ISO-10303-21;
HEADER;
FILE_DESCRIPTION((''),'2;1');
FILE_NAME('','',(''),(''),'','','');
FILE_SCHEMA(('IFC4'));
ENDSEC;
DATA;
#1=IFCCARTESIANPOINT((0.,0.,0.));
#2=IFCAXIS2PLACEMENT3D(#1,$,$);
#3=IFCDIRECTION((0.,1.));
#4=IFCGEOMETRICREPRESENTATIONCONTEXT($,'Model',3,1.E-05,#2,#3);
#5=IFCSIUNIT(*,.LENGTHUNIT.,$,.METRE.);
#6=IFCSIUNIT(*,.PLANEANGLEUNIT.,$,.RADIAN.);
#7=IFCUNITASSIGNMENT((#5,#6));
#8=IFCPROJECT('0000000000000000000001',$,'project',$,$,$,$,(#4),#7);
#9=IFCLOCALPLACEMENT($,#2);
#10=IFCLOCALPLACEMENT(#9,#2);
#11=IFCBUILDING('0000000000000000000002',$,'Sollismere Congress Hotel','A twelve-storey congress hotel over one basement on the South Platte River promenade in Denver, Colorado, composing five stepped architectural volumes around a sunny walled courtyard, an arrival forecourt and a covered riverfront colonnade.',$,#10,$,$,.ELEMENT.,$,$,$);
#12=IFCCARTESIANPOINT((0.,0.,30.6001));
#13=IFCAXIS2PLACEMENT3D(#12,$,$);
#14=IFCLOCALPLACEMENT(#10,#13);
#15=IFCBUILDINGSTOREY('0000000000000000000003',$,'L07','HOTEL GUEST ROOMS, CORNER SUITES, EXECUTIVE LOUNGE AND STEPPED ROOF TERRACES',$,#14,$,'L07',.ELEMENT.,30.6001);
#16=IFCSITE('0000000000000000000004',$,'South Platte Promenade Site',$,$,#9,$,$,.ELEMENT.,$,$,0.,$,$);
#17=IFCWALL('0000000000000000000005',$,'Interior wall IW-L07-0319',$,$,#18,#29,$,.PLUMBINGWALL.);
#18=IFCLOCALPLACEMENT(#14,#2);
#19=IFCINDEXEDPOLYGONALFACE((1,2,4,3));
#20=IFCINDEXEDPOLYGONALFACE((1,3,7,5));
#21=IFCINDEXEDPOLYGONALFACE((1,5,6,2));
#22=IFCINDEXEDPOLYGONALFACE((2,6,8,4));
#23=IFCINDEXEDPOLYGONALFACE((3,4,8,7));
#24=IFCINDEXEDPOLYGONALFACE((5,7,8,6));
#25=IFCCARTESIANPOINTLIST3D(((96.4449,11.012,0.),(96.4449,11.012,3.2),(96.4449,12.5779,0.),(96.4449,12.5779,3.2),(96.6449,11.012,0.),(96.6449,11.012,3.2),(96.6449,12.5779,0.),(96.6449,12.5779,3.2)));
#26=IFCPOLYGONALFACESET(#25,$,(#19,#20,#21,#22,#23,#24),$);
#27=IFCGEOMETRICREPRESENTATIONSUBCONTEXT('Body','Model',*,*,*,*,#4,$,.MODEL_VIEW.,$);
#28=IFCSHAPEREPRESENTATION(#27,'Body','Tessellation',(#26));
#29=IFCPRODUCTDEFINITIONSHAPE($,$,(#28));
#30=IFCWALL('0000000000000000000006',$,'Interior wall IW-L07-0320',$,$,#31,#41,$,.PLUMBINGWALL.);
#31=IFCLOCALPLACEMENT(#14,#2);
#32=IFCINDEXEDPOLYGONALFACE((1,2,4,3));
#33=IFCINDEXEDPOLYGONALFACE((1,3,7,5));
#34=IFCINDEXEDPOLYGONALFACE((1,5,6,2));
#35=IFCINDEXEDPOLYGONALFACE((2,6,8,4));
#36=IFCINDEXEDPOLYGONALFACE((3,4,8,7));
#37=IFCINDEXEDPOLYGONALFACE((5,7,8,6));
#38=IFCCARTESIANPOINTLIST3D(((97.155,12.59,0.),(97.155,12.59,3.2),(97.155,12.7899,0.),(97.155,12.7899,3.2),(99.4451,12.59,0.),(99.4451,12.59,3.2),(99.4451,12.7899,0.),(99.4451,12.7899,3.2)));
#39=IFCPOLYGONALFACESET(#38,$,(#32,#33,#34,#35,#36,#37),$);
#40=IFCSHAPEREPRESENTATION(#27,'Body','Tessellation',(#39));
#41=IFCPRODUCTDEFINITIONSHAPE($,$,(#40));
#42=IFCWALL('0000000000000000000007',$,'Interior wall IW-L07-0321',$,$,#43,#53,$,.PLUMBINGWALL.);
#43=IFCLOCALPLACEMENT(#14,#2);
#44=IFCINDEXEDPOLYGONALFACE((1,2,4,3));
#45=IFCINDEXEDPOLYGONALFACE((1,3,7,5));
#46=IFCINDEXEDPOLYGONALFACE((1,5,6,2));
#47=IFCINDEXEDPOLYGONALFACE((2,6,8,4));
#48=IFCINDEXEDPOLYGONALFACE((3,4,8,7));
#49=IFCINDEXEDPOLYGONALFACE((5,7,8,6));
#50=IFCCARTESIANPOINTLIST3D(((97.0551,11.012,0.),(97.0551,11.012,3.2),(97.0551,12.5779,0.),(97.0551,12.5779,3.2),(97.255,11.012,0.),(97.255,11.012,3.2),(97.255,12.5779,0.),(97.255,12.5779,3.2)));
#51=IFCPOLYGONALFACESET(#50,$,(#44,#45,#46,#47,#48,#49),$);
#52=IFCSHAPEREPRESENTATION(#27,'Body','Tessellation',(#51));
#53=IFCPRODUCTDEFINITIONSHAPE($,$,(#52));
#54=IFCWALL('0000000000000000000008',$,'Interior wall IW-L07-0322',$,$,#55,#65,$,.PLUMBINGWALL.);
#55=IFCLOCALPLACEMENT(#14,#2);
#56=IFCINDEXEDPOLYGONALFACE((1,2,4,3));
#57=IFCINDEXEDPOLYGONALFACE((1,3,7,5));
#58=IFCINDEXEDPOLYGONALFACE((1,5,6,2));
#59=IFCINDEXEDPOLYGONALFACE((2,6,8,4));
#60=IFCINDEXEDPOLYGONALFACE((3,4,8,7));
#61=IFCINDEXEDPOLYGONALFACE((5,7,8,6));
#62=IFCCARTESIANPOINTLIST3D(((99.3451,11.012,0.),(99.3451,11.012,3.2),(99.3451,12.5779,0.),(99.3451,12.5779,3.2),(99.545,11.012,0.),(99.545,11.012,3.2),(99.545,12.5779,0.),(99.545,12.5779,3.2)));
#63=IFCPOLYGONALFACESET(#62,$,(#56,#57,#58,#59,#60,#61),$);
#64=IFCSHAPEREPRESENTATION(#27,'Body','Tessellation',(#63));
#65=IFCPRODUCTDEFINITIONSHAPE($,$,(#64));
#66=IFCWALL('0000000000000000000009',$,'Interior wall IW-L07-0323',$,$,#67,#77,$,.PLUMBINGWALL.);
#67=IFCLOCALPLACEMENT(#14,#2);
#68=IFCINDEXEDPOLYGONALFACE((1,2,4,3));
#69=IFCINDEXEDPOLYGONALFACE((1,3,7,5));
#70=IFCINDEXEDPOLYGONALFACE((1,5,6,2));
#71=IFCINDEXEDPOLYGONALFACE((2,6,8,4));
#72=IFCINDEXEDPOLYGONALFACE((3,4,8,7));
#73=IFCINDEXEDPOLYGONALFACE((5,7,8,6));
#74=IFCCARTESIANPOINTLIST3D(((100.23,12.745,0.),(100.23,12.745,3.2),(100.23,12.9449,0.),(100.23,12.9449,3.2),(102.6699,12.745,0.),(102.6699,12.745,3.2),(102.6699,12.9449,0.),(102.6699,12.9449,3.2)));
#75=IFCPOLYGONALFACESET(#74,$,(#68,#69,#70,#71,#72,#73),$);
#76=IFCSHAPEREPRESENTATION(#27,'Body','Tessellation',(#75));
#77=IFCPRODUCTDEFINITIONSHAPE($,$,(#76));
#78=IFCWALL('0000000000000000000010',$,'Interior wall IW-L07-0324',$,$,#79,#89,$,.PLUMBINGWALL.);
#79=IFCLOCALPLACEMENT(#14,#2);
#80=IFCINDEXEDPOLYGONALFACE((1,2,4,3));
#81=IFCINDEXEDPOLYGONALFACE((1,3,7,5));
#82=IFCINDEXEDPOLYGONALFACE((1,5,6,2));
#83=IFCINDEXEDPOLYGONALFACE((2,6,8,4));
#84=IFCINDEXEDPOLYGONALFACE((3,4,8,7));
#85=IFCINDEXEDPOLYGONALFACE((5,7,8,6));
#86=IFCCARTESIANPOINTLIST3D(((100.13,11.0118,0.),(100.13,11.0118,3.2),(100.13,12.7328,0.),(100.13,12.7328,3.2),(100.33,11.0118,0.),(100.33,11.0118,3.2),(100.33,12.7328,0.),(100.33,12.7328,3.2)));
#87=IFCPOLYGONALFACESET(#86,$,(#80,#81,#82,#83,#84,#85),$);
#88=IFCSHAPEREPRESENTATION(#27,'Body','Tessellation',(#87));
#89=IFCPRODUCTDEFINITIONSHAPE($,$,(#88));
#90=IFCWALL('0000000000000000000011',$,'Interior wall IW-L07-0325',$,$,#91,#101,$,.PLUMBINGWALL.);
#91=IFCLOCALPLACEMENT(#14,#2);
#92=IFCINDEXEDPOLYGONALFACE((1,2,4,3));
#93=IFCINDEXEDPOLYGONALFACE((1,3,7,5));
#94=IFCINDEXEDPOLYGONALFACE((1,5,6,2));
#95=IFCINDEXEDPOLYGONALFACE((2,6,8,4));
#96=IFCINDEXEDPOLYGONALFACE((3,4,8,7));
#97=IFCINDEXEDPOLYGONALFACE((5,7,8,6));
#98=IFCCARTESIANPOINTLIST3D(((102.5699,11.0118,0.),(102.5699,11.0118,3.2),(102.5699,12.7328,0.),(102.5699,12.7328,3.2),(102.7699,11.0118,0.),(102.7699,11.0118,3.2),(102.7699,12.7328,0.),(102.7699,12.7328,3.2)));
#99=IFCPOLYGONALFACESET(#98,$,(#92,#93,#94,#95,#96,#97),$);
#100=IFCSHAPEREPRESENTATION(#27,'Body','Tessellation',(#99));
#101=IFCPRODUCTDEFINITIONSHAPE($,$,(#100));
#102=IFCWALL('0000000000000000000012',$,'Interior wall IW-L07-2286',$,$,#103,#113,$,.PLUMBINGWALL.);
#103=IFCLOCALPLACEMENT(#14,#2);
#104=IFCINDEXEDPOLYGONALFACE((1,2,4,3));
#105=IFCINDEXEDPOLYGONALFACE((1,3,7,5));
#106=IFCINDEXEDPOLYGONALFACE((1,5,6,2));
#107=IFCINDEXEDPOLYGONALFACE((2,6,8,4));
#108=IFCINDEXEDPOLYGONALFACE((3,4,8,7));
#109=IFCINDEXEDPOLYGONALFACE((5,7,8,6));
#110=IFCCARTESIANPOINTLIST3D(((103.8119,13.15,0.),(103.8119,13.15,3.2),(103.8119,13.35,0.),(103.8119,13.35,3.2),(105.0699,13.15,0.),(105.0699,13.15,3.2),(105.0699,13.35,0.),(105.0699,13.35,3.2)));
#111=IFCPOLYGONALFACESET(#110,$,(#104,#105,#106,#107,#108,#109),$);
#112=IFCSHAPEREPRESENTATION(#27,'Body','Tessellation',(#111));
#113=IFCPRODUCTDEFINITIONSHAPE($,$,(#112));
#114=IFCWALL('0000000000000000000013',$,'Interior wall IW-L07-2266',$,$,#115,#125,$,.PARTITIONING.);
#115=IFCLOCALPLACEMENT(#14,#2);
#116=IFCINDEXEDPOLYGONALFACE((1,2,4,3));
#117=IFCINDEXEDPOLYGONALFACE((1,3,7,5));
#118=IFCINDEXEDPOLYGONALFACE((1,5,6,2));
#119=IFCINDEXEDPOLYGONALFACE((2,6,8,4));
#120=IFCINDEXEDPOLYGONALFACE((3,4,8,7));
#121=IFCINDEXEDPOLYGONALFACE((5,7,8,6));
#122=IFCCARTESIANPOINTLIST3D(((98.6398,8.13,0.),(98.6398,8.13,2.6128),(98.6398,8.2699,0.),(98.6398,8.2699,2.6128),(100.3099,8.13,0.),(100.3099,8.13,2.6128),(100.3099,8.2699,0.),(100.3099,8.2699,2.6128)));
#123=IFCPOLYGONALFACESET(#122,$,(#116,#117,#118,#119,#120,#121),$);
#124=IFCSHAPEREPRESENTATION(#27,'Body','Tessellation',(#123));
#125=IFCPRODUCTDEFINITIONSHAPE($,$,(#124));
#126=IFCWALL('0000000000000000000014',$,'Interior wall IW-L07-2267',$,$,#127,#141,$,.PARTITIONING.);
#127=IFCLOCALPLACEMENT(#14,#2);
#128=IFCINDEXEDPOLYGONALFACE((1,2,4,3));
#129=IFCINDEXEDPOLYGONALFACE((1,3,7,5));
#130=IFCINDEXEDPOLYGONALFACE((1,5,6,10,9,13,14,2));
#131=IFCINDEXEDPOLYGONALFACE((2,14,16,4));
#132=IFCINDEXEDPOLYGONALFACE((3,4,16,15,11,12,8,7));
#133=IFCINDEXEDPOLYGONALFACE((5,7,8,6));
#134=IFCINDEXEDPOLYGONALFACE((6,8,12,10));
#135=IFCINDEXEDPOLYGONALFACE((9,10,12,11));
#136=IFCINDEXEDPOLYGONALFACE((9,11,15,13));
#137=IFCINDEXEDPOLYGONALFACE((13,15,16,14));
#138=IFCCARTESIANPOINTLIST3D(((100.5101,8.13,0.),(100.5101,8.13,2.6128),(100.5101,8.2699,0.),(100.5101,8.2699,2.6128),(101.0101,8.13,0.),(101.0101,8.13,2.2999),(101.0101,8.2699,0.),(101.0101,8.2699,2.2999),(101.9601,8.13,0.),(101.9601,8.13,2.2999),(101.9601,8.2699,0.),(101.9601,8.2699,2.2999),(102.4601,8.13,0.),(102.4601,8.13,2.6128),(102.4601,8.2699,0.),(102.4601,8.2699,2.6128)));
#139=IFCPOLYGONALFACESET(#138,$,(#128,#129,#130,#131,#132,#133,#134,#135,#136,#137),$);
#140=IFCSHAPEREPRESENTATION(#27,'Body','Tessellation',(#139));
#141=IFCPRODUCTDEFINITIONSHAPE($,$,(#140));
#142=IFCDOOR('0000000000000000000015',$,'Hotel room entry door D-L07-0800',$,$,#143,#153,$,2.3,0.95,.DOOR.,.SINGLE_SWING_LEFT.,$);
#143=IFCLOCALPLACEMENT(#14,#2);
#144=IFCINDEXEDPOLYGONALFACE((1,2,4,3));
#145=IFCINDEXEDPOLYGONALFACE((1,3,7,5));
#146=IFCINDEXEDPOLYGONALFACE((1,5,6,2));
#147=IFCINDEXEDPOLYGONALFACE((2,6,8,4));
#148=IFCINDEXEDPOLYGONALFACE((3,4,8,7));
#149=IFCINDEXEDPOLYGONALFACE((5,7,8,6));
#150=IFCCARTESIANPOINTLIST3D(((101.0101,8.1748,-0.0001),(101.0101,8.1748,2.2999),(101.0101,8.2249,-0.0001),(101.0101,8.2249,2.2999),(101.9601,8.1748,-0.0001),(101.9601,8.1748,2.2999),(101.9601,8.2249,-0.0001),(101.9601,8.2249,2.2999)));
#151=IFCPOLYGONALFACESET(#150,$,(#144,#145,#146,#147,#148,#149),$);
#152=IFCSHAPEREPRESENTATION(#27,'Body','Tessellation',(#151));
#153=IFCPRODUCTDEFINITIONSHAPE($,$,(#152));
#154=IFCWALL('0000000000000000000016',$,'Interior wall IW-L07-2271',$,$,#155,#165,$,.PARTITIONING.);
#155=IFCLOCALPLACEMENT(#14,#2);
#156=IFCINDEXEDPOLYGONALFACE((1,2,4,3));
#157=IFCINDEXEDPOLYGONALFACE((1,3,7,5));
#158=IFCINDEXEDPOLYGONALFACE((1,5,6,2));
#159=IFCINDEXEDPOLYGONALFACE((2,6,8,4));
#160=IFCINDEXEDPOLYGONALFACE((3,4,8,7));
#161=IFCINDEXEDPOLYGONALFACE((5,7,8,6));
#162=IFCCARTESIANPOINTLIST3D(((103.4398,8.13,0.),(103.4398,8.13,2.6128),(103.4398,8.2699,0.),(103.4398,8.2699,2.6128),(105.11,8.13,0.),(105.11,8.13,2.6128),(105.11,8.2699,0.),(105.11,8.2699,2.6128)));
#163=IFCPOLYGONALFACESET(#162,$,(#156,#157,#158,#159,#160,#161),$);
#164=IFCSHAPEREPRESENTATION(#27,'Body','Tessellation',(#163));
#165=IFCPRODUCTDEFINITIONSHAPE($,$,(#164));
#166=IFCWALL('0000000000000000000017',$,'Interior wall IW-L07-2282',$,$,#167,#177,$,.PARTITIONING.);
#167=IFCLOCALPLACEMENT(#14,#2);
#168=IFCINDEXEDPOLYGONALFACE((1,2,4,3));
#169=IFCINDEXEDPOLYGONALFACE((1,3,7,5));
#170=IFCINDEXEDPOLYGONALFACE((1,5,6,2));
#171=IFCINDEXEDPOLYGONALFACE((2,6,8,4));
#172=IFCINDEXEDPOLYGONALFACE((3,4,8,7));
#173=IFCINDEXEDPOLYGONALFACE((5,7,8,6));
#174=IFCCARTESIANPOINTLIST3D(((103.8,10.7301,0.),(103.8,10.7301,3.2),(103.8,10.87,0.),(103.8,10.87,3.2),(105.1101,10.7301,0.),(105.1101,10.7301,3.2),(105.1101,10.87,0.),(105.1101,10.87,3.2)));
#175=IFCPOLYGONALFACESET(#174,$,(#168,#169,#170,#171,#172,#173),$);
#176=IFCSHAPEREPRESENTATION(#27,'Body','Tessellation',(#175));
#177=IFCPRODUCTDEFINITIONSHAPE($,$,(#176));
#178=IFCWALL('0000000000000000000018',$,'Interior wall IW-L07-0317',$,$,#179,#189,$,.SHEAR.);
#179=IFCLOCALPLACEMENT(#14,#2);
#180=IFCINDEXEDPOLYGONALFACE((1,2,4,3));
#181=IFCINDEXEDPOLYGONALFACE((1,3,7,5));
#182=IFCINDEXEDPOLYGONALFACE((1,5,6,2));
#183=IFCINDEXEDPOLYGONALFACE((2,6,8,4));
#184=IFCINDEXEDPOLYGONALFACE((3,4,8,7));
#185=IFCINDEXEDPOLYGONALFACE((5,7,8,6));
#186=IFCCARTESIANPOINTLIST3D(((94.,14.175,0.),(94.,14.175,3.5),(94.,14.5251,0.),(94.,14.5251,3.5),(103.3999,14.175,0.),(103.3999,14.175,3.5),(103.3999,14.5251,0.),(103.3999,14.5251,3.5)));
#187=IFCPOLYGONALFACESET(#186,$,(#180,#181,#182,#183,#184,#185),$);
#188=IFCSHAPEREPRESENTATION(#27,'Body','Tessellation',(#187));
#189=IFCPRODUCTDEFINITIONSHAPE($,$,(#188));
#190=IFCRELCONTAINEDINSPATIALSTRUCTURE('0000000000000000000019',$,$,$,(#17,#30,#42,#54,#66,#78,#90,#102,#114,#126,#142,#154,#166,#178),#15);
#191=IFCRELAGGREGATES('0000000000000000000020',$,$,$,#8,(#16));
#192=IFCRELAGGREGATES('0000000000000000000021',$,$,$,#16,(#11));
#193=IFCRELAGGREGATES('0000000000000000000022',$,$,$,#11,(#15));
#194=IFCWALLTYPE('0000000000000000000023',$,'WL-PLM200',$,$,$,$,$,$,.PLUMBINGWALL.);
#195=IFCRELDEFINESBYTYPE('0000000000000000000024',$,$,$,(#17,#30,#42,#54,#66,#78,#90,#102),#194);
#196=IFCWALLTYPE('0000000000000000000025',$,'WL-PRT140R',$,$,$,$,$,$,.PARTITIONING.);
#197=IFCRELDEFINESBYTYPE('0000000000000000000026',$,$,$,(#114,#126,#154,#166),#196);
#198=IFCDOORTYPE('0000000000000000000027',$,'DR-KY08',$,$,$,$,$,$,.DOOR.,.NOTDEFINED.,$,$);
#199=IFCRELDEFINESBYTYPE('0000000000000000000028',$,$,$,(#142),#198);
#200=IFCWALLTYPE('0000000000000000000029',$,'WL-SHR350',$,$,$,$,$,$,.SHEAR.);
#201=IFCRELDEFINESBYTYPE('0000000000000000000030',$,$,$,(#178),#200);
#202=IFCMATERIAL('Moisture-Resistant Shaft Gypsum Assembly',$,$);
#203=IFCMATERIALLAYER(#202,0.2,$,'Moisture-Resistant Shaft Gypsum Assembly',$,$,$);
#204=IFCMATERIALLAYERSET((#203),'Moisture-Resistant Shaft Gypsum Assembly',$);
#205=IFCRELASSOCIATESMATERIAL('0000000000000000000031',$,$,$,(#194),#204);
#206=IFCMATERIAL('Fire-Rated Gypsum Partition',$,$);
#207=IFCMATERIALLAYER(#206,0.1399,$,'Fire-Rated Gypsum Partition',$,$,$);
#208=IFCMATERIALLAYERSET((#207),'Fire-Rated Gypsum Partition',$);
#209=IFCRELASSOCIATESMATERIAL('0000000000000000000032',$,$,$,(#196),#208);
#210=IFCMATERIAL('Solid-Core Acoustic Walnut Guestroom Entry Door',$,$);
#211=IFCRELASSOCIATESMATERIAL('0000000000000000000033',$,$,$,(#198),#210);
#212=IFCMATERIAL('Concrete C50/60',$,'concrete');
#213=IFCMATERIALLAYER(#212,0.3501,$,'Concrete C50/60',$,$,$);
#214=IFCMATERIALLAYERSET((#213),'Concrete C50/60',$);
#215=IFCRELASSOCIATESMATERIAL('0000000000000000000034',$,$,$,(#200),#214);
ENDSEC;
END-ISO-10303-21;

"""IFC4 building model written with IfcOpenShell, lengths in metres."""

from ifc_helpers import new_model, si_unit, direction, frame, frame_2d, origin, place, context, subcontext, project, spatial, rectangle, extrude, material, layer, layer_set, type_object, element, fill, save


model = new_model("IFC4")

# Units and contexts
model_context = context("Model", 3, precision=1e-05, world=origin(), true_north=direction((0.0, 1.0)))
body_context = subcontext(model_context, "Body", "Model", "MODEL_VIEW")
ifc_project = project(units=[si_unit("LENGTHUNIT", "METRE"), si_unit("PLANEANGLEUNIT", "RADIAN")], contexts=[model_context])

# Site, building, storey
site_placement = place(None, origin())
site = spatial("IfcSite", under=ifc_project, at=site_placement, Name="South Platte Promenade Site", CompositionType="ELEMENT", RefElevation=0.0)
building_placement = place(site_placement, origin())
building = spatial("IfcBuilding", under=site, at=building_placement, Name="Sollismere Congress Hotel", Description="A twelve-storey congress hotel over one basement on the South Platte River promenade in Denver, Colorado, composing five stepped architectural volumes around a sunny walled courtyard, an arrival forecourt and a covered riverfront colonnade.", CompositionType="ELEMENT")
storey_placement = place(building_placement, frame((0.0, 0.0, 30.6001)))
storey = spatial("IfcBuildingStorey", under=building, at=storey_placement, Name="L07", Description="HOTEL GUEST ROOMS, CORNER SUITES, EXECUTIVE LOUNGE AND STEPPED ROOF TERRACES", LongName="L07", CompositionType="ELEMENT", Elevation=30.6001)

# Walls
ifc_material_1 = material(Name="Moisture-Resistant Shaft Gypsum Assembly")
ifc_layer_1 = layer(ifc_material_1, 0.2, Name="Moisture-Resistant Shaft Gypsum Assembly")
ifc_layer_set_1 = layer_set([ifc_layer_1], Name="Moisture-Resistant Shaft Gypsum Assembly")
wall_type_1 = type_object("IfcWallType", Name="WL-PLM200", PredefinedType="PLUMBINGWALL", material=ifc_layer_set_1)
wall_1_placement = place(storey_placement, frame((96.5449, 11.012, 0.0), z_axis=(0.0, 0.0, 1.0), x_axis=(0.0, 1.0, 0.0)))
element("IfcWall", 1, at=wall_1_placement, inside=storey, type_object=wall_type_1, Name="Interior wall IW-L07-0319", PredefinedType="PLUMBINGWALL", context=body_context, shape_type="SweptSolid", body=[
    extrude(rectangle(XDim=1.5659, YDim=0.2, at=frame_2d((0.783, 0.0))), origin(), (0.0, 0.0, 1.0), 3.2),
])
wall_2_placement = place(storey_placement, frame((97.155, 12.6899, 0.0), z_axis=(0.0, 0.0, 1.0), x_axis=(1.0, 0.0, 0.0)))
element("IfcWall", 2, at=wall_2_placement, inside=storey, type_object=wall_type_1, Name="Interior wall IW-L07-0320", PredefinedType="PLUMBINGWALL", context=body_context, shape_type="SweptSolid", body=[
    extrude(rectangle(XDim=2.29, YDim=0.2, at=frame_2d((1.145, 0.0))), origin(), (0.0, 0.0, 1.0), 3.2),
])
for number, where, z_axis, x_axis, name in (
    (3, (97.155, 11.012, 0.0), (0.0, 0.0, 1.0), (0.0, 1.0, 0.0), "Interior wall IW-L07-0321"),
    (4, (99.4451, 11.012, 0.0), (0.0, 0.0, 1.0), (0.0, 1.0, 0.0), "Interior wall IW-L07-0322"),
):
    element("IfcWall", number, at=place(storey_placement, frame(where, z_axis=z_axis, x_axis=x_axis)), inside=storey, type_object=wall_type_1, Name=name, PredefinedType="PLUMBINGWALL", context=body_context, shape_type="SweptSolid", body=[
        extrude(rectangle(XDim=1.5659, YDim=0.2, at=frame_2d((0.783, 0.0))), origin(), (0.0, 0.0, 1.0), 3.2),
    ])
wall_3_placement = place(storey_placement, frame((100.23, 12.845, 0.0), z_axis=(0.0, 0.0, 1.0), x_axis=(1.0, 0.0, 0.0)))
element("IfcWall", 5, at=wall_3_placement, inside=storey, type_object=wall_type_1, Name="Interior wall IW-L07-0323", PredefinedType="PLUMBINGWALL", context=body_context, shape_type="SweptSolid", body=[
    extrude(rectangle(XDim=2.4399, YDim=0.2, at=frame_2d((1.22, 0.0))), origin(), (0.0, 0.0, 1.0), 3.2),
])
for number, where, z_axis, x_axis, name in (
    (6, (100.23, 11.012, 0.0), (0.0, 0.0, 1.0), (0.0, 1.0, 0.0), "Interior wall IW-L07-0324"),
    (7, (102.6699, 11.012, 0.0), (0.0, 0.0, 1.0), (0.0, 1.0, 0.0), "Interior wall IW-L07-0325"),
):
    element("IfcWall", number, at=place(storey_placement, frame(where, z_axis=z_axis, x_axis=x_axis)), inside=storey, type_object=wall_type_1, Name=name, PredefinedType="PLUMBINGWALL", context=body_context, shape_type="SweptSolid", body=[
        extrude(rectangle(XDim=1.7209, YDim=0.2, at=frame_2d((0.8604, 0.0))), origin(), (0.0, 0.0, 1.0), 3.2),
    ])
wall_4_placement = place(storey_placement, frame((103.812, 13.25, 0.0), z_axis=(0.0, 0.0, 1.0), x_axis=(1.0, 0.0, 0.0)))
element("IfcWall", 8, at=wall_4_placement, inside=storey, type_object=wall_type_1, Name="Interior wall IW-L07-2286", PredefinedType="PLUMBINGWALL", context=body_context, shape_type="SweptSolid", body=[
    extrude(rectangle(XDim=1.2581, YDim=0.2, at=frame_2d((0.6289, 0.0))), origin(), (0.0, 0.0, 1.0), 3.2),
])
ifc_material_2 = material(Name="Fire-Rated Gypsum Partition")
ifc_layer_2 = layer(ifc_material_2, 0.1399, Name="Fire-Rated Gypsum Partition")
ifc_layer_set_2 = layer_set([ifc_layer_2], Name="Fire-Rated Gypsum Partition")
wall_type_2 = type_object("IfcWallType", Name="WL-PRT140R", PredefinedType="PARTITIONING", material=ifc_layer_set_2)
wall_5_placement = place(storey_placement, frame((98.6399, 8.2, 0.0), z_axis=(0.0, 0.0, 1.0), x_axis=(1.0, 0.0, 0.0)))
element("IfcWall", 9, at=wall_5_placement, inside=storey, type_object=wall_type_2, Name="Interior wall IW-L07-2266", PredefinedType="PARTITIONING", context=body_context, shape_type="SweptSolid", body=[
    extrude(rectangle(XDim=1.6702, YDim=0.1399, at=frame_2d((0.835, 0.0))), origin(), (0.0, 0.0, 1.0), 2.6128),
])

# Wall, opening, door
wall_6_placement = place(storey_placement, frame((100.51, 8.2, 0.0), z_axis=(0.0, 0.0, 1.0), x_axis=(1.0, 0.0, 0.0)))
wall_6 = element("IfcWall", 10, at=wall_6_placement, inside=storey, type_object=wall_type_2, Name="Interior wall IW-L07-2267", PredefinedType="PARTITIONING", context=body_context, shape_type="SweptSolid", body=[
    extrude(rectangle(XDim=1.95, YDim=0.1399, at=frame_2d((0.9751, 0.0))), origin(), (0.0, 0.0, 1.0), 2.6128),
])
opening_placement = place(wall_6_placement, frame((0.5, 0.0, 0.0)))
opening = element("IfcOpeningElement", 11, at=opening_placement, cuts=wall_6, PredefinedType="OPENING", context=body_context, shape_type="SweptSolid", body=[
    extrude(rectangle(XDim=0.95, YDim=2.3, at=frame_2d((0.4751, 1.1499))), frame((0.0, 0.0798, 0.0), z_axis=(0.0, -1.0, 0.0), x_axis=(1.0, 0.0, 0.0)), (0.0, 0.0, 1.0), 0.1599),
])
ifc_material_3 = material(Name="Solid-Core Acoustic Walnut Guestroom Entry Door")
door_type = type_object("IfcDoorType", Name="DR-KY08", OperationType="NOTDEFINED", PredefinedType="DOOR", material=ifc_material_3)
door_placement = place(opening_placement, origin())
door = element("IfcDoor", 12, at=door_placement, inside=storey, type_object=door_type, Name="Hotel room entry door D-L07-0800", OperationType="SINGLE_SWING_LEFT", OverallHeight=2.3, OverallWidth=0.95, PredefinedType="DOOR", context=body_context, shape_type="SweptSolid", body=[
    extrude(rectangle(XDim=0.95, YDim=2.3, at=frame_2d((0.4751, 1.1499))), frame((0.0, 0.0249, 0.0), z_axis=(0.0, -1.0, 0.0), x_axis=(1.0, 0.0, 0.0)), (0.0, 0.0, 1.0), 0.05),
])
fill(opening, door)

# Walls
wall_7_placement = place(storey_placement, frame((103.4399, 8.2, 0.0), z_axis=(0.0, 0.0, 1.0), x_axis=(1.0, 0.0, 0.0)))
element("IfcWall", 13, at=wall_7_placement, inside=storey, type_object=wall_type_2, Name="Interior wall IW-L07-2271", PredefinedType="PARTITIONING", context=body_context, shape_type="SweptSolid", body=[
    extrude(rectangle(XDim=1.6702, YDim=0.1399, at=frame_2d((0.835, 0.0))), origin(), (0.0, 0.0, 1.0), 2.6128),
])
wall_8_placement = place(storey_placement, frame((103.8, 10.8, 0.0), z_axis=(0.0, 0.0, 1.0), x_axis=(1.0, 0.0, 0.0)))
element("IfcWall", 14, at=wall_8_placement, inside=storey, type_object=wall_type_2, Name="Interior wall IW-L07-2282", PredefinedType="PARTITIONING", context=body_context, shape_type="SweptSolid", body=[
    extrude(rectangle(XDim=1.3101, YDim=0.1399, at=frame_2d((0.655, 0.0))), origin(), (0.0, 0.0, 1.0), 3.2),
])
ifc_material_4 = material(Name="Concrete C50/60", Category="concrete")
ifc_layer_3 = layer(ifc_material_4, 0.3501, Name="Concrete C50/60")
ifc_layer_set_3 = layer_set([ifc_layer_3], Name="Concrete C50/60")
wall_type_3 = type_object("IfcWallType", Name="WL-SHR350", PredefinedType="SHEAR", material=ifc_layer_set_3)
wall_9_placement = place(storey_placement, frame((94.0, 14.3501, 0.0), z_axis=(0.0, 0.0, 1.0), x_axis=(1.0, 0.0, 0.0)))
element("IfcWall", 15, at=wall_9_placement, inside=storey, type_object=wall_type_3, Name="Interior wall IW-L07-0317", PredefinedType="SHEAR", context=body_context, shape_type="SweptSolid", body=[
    extrude(rectangle(XDim=9.3999, YDim=0.3501, at=frame_2d((4.7, 0.0))), origin(), (0.0, 0.0, 1.0), 3.5),
])

save(model, "model.ifc")
